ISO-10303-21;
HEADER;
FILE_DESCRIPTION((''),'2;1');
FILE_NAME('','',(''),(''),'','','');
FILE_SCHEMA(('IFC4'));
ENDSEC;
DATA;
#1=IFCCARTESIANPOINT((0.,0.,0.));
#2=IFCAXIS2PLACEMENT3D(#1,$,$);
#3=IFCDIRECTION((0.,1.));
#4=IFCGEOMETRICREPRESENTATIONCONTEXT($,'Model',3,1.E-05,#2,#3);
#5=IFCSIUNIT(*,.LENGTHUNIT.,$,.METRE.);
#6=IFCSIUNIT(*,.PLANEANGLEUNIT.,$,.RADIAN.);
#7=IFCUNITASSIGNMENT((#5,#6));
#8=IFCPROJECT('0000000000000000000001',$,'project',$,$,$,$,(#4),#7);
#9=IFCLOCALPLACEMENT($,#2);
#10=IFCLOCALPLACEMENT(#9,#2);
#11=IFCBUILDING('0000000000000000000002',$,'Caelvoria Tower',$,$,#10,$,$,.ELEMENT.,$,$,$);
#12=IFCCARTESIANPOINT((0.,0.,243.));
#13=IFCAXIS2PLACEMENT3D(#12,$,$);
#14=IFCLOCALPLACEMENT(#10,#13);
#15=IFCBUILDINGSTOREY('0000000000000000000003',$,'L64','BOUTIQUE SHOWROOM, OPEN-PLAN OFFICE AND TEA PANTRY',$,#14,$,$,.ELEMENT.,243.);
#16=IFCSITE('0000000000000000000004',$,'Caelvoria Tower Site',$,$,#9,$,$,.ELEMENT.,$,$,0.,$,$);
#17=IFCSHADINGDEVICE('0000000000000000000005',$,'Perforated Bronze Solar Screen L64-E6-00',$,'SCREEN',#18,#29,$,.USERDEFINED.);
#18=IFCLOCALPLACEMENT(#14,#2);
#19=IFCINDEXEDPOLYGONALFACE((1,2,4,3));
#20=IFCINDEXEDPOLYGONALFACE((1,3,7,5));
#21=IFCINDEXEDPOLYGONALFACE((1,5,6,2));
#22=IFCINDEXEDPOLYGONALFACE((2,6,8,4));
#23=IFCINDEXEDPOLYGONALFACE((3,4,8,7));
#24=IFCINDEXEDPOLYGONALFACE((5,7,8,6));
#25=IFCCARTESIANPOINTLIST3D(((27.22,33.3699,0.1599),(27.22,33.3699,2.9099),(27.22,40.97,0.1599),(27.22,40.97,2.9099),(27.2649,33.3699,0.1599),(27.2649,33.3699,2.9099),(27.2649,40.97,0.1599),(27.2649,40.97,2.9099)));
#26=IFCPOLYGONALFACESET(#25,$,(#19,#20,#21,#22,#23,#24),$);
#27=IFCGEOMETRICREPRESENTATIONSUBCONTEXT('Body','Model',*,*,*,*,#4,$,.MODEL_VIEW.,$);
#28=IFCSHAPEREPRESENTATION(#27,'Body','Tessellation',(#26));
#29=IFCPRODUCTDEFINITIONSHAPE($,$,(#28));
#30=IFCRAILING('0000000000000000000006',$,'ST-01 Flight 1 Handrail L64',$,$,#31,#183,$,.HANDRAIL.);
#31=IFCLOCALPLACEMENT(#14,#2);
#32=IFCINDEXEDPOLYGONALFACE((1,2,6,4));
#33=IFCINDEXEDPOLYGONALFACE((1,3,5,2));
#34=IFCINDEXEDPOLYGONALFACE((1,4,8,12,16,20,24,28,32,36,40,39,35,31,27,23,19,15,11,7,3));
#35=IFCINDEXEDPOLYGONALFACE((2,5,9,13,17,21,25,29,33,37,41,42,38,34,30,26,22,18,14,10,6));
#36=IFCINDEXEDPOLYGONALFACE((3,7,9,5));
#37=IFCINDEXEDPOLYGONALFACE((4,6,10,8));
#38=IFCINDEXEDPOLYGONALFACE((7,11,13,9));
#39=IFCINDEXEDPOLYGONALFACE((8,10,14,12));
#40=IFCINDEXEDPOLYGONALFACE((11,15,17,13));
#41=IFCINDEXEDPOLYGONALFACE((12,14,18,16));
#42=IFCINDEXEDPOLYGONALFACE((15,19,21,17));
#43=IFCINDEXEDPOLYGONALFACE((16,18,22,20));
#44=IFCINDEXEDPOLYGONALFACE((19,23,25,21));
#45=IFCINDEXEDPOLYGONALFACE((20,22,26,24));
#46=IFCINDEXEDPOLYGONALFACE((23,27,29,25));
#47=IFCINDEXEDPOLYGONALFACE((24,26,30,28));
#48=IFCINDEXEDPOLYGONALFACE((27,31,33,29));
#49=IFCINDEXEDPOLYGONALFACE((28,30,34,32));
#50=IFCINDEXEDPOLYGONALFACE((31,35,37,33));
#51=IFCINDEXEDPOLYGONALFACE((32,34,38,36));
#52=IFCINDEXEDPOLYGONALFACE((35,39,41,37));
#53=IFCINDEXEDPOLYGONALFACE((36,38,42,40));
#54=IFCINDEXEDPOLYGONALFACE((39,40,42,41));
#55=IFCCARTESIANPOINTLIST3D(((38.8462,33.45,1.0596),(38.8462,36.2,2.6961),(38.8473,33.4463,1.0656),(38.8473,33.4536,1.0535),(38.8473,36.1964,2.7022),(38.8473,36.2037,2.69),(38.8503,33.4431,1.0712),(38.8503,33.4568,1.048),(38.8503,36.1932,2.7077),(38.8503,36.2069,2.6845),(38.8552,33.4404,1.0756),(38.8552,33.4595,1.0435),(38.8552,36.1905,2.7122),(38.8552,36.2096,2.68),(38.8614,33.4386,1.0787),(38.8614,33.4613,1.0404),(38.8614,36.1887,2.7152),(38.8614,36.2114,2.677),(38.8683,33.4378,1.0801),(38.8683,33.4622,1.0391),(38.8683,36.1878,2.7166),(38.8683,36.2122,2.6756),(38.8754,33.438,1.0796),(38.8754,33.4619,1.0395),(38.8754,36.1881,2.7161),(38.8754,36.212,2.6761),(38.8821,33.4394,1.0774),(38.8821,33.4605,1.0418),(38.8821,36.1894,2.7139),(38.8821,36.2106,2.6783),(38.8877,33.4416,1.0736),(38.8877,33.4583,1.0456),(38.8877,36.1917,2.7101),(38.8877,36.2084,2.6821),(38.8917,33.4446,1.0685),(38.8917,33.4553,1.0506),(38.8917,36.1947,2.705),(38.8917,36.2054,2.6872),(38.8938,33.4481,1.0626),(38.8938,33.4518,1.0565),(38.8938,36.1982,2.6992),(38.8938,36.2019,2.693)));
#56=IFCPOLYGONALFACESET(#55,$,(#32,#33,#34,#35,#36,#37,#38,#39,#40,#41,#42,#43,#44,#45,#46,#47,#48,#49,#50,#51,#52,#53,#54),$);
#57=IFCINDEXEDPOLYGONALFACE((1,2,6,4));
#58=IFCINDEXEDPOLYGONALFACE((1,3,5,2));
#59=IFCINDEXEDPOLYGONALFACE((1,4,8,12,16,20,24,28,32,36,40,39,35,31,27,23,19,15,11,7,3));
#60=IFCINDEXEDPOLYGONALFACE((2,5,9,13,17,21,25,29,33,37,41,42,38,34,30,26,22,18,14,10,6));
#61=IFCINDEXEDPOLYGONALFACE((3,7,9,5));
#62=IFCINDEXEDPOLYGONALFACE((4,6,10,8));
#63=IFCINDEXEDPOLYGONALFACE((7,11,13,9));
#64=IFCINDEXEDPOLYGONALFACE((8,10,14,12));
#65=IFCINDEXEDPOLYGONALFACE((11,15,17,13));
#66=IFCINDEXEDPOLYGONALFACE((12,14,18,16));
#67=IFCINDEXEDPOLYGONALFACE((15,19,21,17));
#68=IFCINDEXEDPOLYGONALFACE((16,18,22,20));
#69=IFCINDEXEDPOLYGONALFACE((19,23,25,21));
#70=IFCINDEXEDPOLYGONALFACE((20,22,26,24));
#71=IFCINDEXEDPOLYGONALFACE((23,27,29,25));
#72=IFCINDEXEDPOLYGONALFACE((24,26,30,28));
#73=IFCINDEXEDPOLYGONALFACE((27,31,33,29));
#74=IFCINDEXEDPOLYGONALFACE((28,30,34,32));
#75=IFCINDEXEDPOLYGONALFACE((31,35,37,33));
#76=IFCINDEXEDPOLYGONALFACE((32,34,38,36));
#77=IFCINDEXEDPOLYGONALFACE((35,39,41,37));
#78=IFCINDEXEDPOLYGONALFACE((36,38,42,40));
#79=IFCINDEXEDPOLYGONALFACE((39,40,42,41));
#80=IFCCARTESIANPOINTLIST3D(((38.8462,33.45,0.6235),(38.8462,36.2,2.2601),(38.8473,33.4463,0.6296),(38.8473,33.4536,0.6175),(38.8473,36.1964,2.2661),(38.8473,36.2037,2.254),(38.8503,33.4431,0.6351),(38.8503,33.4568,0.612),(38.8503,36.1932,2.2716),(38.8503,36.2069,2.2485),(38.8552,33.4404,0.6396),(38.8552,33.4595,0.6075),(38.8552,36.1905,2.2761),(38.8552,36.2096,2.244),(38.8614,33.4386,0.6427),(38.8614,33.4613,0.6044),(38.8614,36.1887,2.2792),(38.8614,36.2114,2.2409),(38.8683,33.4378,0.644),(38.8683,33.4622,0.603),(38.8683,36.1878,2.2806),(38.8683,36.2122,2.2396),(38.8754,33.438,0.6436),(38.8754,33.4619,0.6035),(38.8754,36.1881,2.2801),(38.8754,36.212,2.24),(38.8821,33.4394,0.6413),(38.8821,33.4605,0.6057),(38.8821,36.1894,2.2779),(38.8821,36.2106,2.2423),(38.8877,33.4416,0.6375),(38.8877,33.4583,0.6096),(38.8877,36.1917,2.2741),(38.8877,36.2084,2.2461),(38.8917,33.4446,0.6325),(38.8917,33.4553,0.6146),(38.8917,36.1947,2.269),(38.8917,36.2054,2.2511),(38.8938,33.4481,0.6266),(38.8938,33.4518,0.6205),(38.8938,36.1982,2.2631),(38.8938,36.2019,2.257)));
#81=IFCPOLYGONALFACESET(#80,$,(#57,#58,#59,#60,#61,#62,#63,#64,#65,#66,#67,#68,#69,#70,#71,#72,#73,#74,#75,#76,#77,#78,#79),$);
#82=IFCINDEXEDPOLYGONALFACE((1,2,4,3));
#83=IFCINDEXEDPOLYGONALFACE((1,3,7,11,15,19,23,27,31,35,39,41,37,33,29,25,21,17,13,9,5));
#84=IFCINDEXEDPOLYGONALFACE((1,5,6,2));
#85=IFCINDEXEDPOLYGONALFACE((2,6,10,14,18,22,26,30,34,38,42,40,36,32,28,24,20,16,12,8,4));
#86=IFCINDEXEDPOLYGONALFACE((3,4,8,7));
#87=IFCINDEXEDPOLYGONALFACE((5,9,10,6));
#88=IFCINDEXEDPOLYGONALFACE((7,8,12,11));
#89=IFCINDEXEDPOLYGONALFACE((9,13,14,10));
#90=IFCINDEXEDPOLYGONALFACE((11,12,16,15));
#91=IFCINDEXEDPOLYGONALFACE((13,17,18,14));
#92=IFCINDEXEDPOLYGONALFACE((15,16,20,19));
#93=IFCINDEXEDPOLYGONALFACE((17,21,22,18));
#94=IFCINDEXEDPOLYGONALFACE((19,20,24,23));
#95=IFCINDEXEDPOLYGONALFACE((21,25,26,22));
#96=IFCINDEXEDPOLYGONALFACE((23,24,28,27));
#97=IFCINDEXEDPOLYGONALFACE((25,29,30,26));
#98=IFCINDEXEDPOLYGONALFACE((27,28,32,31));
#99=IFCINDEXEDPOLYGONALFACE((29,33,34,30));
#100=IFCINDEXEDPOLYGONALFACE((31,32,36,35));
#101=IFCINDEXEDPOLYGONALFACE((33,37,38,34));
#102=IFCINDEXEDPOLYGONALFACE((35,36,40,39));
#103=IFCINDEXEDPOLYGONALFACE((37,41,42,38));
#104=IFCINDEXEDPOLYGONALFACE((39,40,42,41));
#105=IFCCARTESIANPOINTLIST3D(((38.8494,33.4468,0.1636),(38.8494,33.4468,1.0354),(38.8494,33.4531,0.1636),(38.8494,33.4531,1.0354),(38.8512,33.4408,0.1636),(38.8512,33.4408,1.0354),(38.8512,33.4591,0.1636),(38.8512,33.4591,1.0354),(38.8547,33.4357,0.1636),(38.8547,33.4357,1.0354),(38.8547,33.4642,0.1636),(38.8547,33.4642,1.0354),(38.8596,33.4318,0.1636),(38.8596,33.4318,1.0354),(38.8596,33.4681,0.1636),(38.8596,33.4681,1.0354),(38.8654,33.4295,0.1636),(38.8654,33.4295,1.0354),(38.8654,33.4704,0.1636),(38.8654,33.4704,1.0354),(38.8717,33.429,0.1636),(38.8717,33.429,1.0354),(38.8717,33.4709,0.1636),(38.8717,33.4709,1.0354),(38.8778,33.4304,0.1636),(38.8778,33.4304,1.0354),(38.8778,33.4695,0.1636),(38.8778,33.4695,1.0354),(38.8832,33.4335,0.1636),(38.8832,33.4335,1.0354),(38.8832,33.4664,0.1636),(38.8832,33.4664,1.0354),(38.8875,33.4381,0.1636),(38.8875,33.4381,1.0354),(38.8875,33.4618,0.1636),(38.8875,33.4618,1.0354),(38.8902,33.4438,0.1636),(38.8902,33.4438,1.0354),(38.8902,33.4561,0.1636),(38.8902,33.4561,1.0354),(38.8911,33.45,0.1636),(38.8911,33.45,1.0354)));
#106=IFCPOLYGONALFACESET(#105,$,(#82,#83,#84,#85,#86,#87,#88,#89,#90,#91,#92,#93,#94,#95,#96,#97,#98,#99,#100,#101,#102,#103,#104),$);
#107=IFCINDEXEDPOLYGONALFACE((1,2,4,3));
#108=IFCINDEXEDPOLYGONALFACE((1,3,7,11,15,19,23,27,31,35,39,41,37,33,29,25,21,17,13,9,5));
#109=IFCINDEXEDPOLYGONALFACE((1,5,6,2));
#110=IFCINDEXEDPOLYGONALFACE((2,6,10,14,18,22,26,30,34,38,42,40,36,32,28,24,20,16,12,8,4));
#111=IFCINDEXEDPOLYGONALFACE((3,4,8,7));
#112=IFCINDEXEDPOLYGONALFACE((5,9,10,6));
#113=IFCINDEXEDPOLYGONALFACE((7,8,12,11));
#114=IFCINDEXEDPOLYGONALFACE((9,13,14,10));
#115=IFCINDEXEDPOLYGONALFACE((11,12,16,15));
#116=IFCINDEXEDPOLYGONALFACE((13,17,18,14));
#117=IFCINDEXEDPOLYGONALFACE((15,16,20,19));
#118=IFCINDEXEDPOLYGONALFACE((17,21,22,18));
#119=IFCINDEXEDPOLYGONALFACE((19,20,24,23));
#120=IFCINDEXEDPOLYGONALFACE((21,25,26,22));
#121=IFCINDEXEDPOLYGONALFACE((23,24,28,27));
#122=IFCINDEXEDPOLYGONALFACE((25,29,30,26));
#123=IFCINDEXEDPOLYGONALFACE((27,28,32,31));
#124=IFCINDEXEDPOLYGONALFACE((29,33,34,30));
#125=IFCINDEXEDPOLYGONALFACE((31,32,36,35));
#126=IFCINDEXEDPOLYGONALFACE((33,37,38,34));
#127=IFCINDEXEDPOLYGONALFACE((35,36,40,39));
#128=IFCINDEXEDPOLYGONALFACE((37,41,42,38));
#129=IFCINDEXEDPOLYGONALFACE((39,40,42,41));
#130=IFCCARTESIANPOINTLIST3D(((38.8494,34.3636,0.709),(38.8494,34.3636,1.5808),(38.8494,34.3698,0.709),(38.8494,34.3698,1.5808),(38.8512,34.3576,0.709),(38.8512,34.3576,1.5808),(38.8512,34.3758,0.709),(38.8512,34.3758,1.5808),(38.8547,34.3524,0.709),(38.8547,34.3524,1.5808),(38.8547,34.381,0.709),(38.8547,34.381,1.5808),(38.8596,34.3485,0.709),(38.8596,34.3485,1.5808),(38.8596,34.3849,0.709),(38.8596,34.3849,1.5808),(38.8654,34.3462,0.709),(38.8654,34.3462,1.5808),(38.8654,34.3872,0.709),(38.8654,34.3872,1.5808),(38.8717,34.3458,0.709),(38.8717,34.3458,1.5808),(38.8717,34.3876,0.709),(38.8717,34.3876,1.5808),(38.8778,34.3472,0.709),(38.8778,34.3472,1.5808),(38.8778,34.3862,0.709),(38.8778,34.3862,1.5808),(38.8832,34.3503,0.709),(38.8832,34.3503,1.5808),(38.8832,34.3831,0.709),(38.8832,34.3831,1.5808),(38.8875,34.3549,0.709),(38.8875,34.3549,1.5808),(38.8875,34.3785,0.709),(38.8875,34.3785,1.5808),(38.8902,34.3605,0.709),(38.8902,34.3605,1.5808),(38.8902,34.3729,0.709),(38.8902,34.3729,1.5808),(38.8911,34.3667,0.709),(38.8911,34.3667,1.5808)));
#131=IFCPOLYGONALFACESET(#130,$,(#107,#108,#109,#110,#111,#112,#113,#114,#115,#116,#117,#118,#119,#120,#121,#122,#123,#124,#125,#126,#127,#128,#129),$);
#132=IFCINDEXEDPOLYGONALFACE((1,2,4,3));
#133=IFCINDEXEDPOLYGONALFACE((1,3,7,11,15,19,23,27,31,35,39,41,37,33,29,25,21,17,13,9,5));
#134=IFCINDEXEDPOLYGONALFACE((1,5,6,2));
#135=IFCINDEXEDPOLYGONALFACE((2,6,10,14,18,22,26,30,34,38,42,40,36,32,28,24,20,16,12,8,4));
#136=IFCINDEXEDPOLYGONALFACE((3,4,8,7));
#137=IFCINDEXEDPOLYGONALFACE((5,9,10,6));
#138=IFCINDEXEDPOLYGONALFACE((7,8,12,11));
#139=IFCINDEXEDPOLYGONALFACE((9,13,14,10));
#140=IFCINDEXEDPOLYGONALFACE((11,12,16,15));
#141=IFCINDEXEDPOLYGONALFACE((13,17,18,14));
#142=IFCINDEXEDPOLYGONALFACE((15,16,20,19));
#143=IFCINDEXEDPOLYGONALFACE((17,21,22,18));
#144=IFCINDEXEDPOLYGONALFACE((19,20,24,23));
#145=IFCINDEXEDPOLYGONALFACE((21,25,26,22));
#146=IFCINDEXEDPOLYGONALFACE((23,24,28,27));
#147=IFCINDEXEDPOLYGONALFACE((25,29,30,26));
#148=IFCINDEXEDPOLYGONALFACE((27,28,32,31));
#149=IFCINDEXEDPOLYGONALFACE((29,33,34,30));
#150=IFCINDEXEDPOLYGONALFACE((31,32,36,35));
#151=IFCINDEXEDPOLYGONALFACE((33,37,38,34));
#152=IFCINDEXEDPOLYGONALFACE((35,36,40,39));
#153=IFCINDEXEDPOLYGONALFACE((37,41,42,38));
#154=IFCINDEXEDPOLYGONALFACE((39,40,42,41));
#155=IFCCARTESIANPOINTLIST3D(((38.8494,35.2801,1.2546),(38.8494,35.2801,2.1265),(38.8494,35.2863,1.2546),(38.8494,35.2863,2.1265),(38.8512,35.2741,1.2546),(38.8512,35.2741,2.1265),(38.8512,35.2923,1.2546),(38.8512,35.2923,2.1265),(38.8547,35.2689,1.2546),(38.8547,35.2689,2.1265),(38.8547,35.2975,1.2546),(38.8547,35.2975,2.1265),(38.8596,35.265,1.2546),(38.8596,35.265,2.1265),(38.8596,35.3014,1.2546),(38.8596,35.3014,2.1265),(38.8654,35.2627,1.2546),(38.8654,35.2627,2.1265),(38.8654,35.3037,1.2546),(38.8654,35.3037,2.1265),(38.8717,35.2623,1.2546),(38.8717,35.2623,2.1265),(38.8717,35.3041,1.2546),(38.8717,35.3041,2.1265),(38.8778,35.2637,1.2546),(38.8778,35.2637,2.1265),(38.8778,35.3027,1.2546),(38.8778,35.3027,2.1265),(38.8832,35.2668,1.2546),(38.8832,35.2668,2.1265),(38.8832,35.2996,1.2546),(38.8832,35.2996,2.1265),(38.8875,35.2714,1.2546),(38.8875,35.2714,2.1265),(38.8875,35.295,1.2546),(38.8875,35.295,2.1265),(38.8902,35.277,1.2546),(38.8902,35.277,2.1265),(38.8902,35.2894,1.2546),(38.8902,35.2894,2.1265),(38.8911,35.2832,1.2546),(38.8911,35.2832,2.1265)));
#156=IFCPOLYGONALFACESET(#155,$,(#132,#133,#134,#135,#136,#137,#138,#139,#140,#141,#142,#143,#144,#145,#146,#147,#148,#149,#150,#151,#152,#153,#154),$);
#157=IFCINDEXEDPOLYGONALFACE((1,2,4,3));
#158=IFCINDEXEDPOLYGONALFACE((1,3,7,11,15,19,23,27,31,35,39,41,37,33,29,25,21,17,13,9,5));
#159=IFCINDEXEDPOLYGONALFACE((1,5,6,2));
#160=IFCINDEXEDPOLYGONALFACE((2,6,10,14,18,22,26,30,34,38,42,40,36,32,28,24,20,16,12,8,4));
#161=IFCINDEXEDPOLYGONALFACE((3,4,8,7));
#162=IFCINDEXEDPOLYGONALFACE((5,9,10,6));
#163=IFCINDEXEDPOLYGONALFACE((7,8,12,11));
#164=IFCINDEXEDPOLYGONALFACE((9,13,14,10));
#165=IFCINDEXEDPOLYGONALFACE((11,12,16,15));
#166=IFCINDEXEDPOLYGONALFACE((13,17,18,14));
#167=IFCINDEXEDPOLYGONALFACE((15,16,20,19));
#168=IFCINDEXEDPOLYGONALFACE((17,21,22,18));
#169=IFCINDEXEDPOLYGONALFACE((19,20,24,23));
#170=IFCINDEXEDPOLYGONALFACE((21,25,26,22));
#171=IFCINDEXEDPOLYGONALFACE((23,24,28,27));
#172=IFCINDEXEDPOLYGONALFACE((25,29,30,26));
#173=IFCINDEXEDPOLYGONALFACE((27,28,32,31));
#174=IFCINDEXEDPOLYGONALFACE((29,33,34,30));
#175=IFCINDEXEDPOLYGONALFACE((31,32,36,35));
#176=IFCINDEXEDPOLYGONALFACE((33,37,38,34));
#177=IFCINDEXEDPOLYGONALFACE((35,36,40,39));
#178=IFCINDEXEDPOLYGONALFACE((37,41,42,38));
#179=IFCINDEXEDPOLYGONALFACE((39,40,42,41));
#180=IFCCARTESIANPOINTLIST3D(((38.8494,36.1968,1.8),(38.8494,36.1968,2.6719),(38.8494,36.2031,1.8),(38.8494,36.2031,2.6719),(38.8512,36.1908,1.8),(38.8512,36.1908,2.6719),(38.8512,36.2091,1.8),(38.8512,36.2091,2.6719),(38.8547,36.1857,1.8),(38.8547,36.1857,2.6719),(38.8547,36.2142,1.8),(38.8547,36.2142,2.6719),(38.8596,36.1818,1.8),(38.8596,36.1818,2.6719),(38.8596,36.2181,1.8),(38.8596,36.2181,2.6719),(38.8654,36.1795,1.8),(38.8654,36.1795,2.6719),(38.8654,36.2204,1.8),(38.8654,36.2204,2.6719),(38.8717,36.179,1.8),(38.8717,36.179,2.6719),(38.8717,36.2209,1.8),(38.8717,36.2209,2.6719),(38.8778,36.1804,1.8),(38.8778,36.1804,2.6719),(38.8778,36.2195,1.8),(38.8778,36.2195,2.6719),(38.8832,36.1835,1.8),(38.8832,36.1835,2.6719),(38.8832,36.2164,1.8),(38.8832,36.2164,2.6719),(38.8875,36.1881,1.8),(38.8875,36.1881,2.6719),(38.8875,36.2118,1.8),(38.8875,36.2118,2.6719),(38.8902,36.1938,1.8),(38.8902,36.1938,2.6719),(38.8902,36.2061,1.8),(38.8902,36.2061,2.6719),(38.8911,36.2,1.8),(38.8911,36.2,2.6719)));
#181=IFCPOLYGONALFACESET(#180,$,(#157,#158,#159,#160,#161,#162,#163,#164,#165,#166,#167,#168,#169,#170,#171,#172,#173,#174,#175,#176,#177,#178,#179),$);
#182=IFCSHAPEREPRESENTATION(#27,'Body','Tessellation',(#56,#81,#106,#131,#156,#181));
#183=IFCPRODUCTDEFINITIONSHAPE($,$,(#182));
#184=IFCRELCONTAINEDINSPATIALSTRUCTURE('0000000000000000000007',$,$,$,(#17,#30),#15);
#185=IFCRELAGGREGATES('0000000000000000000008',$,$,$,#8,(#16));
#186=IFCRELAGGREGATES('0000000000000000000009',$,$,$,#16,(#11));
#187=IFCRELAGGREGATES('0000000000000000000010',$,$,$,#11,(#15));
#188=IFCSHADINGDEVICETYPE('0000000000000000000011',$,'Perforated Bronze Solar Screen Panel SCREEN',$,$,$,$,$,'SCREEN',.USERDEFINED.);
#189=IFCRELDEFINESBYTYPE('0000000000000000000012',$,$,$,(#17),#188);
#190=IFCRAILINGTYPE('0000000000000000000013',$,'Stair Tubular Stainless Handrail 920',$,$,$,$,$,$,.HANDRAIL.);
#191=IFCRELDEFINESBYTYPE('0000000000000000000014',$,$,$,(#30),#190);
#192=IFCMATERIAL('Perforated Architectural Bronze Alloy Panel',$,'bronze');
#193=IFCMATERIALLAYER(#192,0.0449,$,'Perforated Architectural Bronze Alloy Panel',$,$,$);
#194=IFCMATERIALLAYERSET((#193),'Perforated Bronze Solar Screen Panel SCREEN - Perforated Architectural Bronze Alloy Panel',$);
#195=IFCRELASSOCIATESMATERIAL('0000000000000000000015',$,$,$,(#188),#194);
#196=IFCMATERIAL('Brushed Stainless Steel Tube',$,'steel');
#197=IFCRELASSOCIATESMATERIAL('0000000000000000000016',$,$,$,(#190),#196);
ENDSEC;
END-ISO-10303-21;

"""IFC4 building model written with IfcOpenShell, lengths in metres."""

from ifc_helpers import new_model, si_unit, direction, frame, origin, origin_2d, place, context, subcontext, project, spatial, rectangle, circle, extrude, material, layer, layer_set, type_object, element, save


model = new_model("IFC4")

# Units and contexts
model_context = context("Model", 3, precision=1e-05, world=origin(), true_north=direction((0.0, 1.0)))
body_context = subcontext(model_context, "Body", "Model", "MODEL_VIEW")
ifc_project = project(units=[si_unit("LENGTHUNIT", "METRE"), si_unit("PLANEANGLEUNIT", "RADIAN")], contexts=[model_context])

# Site, building, storey
site_placement = place(None, origin())
site = spatial("IfcSite", under=ifc_project, at=site_placement, Name="Caelvoria Tower Site", CompositionType="ELEMENT", RefElevation=0.0)
building_placement = place(site_placement, origin())
building = spatial("IfcBuilding", under=site, at=building_placement, Name="Caelvoria Tower", CompositionType="ELEMENT")
storey_placement = place(building_placement, frame((0.0, 0.0, 243.0)))
storey = spatial("IfcBuildingStorey", under=building, at=storey_placement, Name="L64", Description="BOUTIQUE SHOWROOM, OPEN-PLAN OFFICE AND TEA PANTRY", CompositionType="ELEMENT", Elevation=243.0)

# Shading device
ifc_material_1 = material(Name="Perforated Architectural Bronze Alloy Panel", Category="bronze")
ifc_layer_1 = layer(ifc_material_1, 0.0449, Name="Perforated Architectural Bronze Alloy Panel")
ifc_layer_set_1 = layer_set([ifc_layer_1], Name="Perforated Bronze Solar Screen Panel SCREEN - Perforated Architectural Bronze Alloy Panel")
shading_device_type = type_object("IfcShadingDeviceType", Name="Perforated Bronze Solar Screen Panel SCREEN", ElementType="SCREEN", PredefinedType="USERDEFINED", material=ifc_layer_set_1)
shading_device_placement = place(storey_placement, frame((27.2424, 37.1699, 0.1599), z_axis=(0.0, 0.0, 1.0), x_axis=(0.0, -1.0, 0.0)))
element("IfcShadingDevice", 1, at=shading_device_placement, inside=storey, type_object=shading_device_type, Name="Perforated Bronze Solar Screen L64-E6-00", ObjectType="SCREEN", PredefinedType="USERDEFINED", context=body_context, shape_type="SweptSolid", body=[
    extrude(rectangle(XDim=7.6001, YDim=0.0449, at=origin_2d()), origin(), (0.0, 0.0, 1.0), 2.75),
])

# Railing
ifc_material_2 = material(Name="Brushed Stainless Steel Tube", Category="steel")
railing_type_1 = type_object("IfcRailingType", Name="Stair Tubular Stainless Handrail 920", PredefinedType="HANDRAIL", material=ifc_material_2)
railing_1_placement = place(storey_placement, frame((38.8701, 33.45, 0.1636)))
element("IfcRailing", 2, at=railing_1_placement, inside=storey, type_object=railing_type_1, Name="ST-01 Flight 1 Handrail L64", PredefinedType="HANDRAIL", context=body_context, shape_type="SweptSolid", body=[
    extrude(circle(Radius=0.0239, at=origin_2d()), frame((0.0, 0.0, 0.896), z_axis=(0.0, 0.859352, 0.511385), x_axis=(-1.0, 0.0, 0.0)), (0.0, 0.0, 1.0), 3.2002),
    extrude(circle(Radius=0.0239, at=origin_2d()), frame((0.0, 0.0, 0.46), z_axis=(0.0, 0.859352, 0.511385), x_axis=(-1.0, 0.0, 0.0)), (0.0, 0.0, 1.0), 3.2002),
    extrude(circle(Radius=0.021, at=origin_2d()), origin(), (0.0, 0.0, 1.0), 0.8718),
    extrude(circle(Radius=0.021, at=origin_2d()), frame((0.0, 0.9167, 0.5454)), (0.0, 0.0, 1.0), 0.8718),
    extrude(circle(Radius=0.021, at=origin_2d()), frame((0.0, 1.8333, 1.0911)), (0.0, 0.0, 1.0), 0.8718),
    extrude(circle(Radius=0.021, at=origin_2d()), frame((0.0, 2.75, 1.6365)), (0.0, 0.0, 1.0), 0.8718),
])

save(model, "model.ifc")
